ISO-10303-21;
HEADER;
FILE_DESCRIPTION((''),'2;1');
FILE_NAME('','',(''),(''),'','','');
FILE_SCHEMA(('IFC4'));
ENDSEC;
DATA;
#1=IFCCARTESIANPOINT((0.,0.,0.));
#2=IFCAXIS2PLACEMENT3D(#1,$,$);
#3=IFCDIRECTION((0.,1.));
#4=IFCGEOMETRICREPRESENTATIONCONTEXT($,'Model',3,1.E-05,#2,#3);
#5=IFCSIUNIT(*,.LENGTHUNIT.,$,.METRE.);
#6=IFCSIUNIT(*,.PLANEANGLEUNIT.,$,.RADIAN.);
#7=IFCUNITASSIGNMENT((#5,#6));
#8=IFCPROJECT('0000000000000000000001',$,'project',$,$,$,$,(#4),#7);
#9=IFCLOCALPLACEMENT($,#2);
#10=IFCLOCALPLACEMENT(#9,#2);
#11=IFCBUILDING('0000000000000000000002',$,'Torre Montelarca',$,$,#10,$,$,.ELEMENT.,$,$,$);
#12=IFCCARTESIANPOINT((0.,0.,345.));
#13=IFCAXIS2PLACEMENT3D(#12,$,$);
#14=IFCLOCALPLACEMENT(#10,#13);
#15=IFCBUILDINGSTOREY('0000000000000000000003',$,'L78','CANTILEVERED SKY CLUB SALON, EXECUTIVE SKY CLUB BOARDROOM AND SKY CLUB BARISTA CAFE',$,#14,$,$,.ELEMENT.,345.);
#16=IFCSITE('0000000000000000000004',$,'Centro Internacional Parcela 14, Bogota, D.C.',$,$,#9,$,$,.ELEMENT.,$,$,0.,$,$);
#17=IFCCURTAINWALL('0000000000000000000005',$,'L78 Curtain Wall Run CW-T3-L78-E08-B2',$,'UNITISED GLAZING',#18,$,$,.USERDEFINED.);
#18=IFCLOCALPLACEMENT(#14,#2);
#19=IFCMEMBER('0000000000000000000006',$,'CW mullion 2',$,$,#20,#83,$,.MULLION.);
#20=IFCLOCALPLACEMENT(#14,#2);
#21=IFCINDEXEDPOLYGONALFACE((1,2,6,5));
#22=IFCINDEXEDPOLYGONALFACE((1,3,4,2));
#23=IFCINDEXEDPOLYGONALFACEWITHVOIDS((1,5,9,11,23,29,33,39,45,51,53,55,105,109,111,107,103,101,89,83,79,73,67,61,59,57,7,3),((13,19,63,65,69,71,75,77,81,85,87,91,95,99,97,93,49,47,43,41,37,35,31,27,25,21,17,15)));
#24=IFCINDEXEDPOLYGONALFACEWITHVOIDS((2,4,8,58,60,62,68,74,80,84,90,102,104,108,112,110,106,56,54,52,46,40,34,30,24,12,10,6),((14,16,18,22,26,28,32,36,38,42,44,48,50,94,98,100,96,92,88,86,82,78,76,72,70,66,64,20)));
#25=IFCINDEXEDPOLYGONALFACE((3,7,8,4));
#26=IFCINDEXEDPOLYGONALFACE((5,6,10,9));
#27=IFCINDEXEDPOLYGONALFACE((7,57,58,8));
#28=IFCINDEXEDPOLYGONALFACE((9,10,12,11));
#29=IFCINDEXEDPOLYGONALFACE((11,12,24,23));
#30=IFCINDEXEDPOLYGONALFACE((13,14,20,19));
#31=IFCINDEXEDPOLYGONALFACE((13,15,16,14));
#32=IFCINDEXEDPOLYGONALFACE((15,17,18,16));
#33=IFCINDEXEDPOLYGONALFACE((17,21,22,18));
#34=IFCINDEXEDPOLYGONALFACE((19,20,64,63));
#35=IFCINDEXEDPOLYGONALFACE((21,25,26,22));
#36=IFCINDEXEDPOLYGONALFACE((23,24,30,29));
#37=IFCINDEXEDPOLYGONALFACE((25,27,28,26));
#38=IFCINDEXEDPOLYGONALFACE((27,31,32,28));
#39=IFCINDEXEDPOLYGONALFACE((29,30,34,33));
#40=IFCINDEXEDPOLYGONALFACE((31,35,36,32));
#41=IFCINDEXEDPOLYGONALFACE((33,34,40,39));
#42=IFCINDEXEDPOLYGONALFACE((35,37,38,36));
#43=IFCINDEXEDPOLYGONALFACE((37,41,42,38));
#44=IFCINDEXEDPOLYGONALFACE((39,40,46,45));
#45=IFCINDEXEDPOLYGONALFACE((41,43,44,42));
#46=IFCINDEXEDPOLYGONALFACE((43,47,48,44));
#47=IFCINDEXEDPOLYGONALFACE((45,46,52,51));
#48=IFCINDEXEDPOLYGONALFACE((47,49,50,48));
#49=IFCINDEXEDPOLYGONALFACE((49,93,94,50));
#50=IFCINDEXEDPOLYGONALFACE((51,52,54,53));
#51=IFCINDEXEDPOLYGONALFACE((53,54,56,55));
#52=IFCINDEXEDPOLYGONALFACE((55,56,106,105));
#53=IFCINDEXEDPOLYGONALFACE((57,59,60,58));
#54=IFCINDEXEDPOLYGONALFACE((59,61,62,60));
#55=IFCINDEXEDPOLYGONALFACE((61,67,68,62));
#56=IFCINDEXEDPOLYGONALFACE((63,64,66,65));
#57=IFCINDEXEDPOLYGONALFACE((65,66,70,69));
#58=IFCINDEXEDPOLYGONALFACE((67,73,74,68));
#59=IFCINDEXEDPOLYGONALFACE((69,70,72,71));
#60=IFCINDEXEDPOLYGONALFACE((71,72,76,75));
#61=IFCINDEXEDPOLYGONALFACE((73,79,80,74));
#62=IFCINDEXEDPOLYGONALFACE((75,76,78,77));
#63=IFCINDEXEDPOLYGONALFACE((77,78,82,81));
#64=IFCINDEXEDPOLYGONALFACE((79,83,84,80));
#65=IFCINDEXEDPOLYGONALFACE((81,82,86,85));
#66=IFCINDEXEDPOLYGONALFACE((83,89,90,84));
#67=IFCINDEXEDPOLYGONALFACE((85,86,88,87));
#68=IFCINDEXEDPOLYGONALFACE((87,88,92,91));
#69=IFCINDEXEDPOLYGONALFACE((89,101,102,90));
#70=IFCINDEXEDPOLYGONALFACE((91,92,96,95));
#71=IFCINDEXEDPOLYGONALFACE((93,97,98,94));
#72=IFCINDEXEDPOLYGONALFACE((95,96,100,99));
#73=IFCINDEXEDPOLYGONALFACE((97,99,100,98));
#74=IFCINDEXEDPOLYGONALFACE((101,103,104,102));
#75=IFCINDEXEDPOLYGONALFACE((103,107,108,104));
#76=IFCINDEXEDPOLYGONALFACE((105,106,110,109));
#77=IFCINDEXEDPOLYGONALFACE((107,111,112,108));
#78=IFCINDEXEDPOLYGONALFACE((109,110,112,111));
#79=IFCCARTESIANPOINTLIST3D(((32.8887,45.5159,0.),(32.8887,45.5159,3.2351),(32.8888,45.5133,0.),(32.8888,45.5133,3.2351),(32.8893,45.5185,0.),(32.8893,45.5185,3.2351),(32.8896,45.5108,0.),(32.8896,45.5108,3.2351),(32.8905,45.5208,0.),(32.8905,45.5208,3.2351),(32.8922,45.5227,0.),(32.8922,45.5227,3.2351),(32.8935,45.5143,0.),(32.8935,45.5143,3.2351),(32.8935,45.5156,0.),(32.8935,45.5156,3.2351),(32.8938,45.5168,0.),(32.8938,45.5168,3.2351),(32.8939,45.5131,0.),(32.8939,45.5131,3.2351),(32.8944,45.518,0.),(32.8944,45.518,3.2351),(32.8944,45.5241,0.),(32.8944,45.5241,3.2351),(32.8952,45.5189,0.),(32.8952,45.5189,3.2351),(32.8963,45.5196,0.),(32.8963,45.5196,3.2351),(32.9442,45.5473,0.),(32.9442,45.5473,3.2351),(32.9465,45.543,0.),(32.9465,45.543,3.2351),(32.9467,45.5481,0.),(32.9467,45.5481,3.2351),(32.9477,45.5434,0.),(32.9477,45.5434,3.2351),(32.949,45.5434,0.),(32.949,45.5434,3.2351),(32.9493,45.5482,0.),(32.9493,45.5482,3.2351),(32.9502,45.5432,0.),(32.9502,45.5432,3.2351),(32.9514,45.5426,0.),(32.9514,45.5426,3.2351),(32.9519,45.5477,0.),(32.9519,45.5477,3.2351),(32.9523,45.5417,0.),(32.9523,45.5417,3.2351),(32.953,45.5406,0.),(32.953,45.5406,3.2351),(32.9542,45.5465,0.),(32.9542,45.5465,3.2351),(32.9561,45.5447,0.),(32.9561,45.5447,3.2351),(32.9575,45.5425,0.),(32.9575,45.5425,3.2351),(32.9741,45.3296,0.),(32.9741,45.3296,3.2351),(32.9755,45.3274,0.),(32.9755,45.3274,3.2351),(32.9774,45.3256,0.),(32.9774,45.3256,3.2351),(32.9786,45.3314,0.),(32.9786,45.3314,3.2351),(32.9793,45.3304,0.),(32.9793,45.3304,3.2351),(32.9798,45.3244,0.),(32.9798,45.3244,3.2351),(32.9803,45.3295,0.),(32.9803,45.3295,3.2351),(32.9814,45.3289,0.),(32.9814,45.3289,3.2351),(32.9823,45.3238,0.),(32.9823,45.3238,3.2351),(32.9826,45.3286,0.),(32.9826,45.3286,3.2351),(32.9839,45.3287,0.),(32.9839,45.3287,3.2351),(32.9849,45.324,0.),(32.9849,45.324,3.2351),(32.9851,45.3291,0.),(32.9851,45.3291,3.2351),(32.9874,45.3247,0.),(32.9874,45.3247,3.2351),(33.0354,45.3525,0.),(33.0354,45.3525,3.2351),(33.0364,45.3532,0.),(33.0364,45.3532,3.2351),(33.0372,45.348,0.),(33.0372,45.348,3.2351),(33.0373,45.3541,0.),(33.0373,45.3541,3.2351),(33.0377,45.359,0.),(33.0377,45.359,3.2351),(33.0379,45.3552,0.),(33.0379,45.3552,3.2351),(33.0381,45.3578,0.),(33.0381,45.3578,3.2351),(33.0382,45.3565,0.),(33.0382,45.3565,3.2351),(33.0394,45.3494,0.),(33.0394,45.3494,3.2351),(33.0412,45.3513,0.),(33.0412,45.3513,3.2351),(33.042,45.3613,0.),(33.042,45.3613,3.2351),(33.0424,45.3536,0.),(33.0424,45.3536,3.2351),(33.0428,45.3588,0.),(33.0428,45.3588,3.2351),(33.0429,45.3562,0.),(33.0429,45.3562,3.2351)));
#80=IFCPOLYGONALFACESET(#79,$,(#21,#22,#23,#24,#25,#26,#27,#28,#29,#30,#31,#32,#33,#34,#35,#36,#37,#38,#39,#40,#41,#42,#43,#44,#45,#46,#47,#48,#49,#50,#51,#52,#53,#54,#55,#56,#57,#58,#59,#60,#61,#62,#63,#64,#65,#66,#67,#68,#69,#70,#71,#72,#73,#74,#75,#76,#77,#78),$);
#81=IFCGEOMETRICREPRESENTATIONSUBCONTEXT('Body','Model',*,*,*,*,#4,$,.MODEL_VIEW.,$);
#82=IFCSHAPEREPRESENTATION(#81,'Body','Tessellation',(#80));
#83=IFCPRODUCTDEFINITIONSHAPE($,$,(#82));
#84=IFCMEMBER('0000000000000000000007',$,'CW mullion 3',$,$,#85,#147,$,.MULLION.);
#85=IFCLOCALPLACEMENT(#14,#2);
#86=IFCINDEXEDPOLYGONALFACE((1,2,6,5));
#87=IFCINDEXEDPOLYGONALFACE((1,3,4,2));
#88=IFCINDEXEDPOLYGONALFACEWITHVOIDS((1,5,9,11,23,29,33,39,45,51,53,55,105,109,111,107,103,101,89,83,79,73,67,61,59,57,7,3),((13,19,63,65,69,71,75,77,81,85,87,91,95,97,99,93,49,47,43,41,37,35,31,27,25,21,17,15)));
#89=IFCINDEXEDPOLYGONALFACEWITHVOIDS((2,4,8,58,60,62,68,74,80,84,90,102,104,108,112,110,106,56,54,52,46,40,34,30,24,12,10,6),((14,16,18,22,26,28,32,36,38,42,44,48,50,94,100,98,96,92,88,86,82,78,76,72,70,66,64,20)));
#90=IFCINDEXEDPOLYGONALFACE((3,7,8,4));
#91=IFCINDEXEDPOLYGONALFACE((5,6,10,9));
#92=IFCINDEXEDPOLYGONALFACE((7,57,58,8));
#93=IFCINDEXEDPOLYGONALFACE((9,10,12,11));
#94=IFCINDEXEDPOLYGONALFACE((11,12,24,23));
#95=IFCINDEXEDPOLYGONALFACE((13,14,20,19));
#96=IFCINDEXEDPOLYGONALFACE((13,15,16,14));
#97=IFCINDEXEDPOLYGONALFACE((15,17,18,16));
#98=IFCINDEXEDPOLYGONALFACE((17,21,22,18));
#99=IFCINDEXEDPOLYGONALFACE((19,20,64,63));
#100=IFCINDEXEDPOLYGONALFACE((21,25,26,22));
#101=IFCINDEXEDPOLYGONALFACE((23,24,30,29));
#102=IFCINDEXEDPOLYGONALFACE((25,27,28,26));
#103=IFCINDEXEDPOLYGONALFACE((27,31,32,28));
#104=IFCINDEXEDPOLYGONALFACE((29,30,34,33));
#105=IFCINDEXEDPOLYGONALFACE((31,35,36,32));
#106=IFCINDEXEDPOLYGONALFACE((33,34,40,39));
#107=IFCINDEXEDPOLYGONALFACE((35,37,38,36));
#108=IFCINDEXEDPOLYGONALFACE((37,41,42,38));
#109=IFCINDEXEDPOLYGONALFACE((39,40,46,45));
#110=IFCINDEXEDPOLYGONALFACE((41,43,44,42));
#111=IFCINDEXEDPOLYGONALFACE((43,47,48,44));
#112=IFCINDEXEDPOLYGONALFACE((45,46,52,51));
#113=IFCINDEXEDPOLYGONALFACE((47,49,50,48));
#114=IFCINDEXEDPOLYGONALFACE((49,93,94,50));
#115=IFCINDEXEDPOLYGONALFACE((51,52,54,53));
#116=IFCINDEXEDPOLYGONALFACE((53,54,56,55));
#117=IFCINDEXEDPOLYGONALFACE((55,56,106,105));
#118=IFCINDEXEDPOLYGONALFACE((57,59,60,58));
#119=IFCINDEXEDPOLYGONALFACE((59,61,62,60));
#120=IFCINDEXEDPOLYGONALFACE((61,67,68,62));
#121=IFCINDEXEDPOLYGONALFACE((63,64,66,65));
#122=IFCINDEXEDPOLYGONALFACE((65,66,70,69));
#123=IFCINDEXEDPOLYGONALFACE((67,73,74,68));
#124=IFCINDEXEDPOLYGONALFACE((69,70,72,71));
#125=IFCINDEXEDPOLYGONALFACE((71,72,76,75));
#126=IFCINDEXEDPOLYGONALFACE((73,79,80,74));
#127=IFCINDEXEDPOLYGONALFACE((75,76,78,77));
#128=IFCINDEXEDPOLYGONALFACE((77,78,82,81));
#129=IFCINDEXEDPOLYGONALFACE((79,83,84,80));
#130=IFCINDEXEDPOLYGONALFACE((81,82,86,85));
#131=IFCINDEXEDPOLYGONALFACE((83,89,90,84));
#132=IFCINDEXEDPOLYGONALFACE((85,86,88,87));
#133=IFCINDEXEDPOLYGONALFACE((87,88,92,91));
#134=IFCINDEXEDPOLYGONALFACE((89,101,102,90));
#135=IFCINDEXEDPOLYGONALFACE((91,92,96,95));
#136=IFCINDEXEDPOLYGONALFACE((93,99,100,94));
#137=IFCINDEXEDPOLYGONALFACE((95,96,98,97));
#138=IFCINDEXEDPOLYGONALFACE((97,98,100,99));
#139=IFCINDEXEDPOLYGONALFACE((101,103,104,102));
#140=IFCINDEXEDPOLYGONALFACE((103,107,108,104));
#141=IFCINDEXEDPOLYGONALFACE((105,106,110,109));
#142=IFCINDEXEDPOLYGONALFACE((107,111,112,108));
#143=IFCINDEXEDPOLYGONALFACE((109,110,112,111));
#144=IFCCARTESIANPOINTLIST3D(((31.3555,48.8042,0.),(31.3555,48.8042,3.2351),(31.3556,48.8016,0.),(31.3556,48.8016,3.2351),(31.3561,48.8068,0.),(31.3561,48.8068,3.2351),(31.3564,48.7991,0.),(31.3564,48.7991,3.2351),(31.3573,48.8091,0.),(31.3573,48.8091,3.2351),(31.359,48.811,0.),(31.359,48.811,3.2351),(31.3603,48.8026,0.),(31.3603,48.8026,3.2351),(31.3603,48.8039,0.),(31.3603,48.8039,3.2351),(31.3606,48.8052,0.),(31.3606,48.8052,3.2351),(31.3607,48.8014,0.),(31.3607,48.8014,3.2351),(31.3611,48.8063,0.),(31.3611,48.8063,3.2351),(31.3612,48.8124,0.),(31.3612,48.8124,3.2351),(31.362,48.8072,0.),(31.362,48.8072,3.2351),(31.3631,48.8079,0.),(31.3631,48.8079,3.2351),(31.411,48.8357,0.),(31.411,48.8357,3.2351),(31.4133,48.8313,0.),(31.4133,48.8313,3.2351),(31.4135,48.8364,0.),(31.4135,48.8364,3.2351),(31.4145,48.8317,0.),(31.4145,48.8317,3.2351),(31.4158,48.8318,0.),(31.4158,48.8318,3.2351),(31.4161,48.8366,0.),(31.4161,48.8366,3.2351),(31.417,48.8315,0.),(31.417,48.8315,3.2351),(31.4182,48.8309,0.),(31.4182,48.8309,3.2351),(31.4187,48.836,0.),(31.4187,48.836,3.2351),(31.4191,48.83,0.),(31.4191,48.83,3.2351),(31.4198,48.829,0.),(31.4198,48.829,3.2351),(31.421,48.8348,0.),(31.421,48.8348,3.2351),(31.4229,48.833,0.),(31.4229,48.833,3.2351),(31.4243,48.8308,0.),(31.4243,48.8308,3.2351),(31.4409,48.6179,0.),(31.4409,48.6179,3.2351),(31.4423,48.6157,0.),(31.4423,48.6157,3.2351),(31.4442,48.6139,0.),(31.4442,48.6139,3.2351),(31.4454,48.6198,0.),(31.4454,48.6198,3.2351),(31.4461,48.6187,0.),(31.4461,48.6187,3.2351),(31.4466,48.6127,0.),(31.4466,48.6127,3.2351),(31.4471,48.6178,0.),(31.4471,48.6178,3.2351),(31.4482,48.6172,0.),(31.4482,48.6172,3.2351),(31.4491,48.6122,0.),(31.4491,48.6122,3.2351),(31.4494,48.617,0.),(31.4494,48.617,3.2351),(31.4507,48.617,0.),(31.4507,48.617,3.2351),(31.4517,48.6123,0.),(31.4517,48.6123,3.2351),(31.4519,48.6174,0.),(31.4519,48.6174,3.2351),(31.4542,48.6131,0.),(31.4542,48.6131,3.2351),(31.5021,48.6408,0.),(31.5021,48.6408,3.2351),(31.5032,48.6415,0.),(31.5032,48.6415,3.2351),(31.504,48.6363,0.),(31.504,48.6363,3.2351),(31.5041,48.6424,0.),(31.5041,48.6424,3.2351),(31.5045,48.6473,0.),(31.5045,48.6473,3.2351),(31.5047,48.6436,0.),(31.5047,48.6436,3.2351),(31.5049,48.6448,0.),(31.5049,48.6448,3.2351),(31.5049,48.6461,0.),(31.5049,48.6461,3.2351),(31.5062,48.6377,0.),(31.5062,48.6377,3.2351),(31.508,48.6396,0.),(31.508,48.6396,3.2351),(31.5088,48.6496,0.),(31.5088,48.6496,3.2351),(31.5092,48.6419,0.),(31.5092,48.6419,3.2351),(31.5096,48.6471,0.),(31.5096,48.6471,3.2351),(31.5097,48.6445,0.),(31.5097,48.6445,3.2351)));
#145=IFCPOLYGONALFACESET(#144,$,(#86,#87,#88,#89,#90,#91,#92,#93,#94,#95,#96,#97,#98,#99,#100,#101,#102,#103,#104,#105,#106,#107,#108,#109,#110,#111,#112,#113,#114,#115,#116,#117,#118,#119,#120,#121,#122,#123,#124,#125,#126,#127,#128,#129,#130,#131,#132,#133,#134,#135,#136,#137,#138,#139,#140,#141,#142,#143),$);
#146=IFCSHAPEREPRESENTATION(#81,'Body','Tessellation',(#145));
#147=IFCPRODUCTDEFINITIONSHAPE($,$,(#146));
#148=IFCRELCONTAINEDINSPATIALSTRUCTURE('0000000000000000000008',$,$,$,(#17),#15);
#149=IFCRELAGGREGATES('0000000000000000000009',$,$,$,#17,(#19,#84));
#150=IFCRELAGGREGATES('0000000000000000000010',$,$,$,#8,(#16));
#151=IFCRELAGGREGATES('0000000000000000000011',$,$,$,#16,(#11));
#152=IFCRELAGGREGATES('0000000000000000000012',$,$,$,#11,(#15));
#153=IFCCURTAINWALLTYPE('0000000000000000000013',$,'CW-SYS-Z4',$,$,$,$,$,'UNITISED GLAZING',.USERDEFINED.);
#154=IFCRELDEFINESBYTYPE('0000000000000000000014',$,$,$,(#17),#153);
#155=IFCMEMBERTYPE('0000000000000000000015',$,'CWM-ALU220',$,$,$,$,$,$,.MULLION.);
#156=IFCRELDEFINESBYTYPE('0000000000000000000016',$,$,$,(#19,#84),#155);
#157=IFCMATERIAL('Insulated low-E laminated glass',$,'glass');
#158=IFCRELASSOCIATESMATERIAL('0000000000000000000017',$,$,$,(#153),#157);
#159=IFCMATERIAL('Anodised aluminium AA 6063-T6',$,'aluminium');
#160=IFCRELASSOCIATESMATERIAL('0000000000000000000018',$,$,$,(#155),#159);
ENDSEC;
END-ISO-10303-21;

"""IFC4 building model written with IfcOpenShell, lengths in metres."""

from ifc_helpers import new_model, si_unit, direction, frame, origin, origin_2d, place, context, subcontext, project, spatial, hollow_rectangle, extrude, source, transform, mapped, material, material_profile, profile_set, type_object, element, aggregate, save


model = new_model("IFC4")

# Units and contexts
model_context = context("Model", 3, precision=1e-05, world=origin(), true_north=direction((0.0, 1.0)))
body_context = subcontext(model_context, "Body", "Model", "MODEL_VIEW")
ifc_project = project(units=[si_unit("LENGTHUNIT", "METRE"), si_unit("PLANEANGLEUNIT", "RADIAN")], contexts=[model_context])

# Site, building, storey
site_placement = place(None, origin())
site = spatial("IfcSite", under=ifc_project, at=site_placement, Name="Centro Internacional Parcela 14, Bogota, D.C.", CompositionType="ELEMENT", RefElevation=0.0)
building_placement = place(site_placement, origin())
building = spatial("IfcBuilding", under=site, at=building_placement, Name="Torre Montelarca", CompositionType="ELEMENT")
storey_placement = place(building_placement, frame((0.0, 0.0, 345.0)))
storey = spatial("IfcBuildingStorey", under=building, at=storey_placement, Name="L78", Description="CANTILEVERED SKY CLUB SALON, EXECUTIVE SKY CLUB BOARDROOM AND SKY CLUB BARISTA CAFE", CompositionType="ELEMENT", Elevation=345.0)

# Shared definitions
ifc_material_1 = material(Name="Insulated low-E laminated glass", Category="glass")
curtain_wall_type = type_object("IfcCurtainWallType", Name="CW-SYS-Z4", ElementType="UNITISED GLAZING", PredefinedType="USERDEFINED", material=ifc_material_1)
ifc_material_2 = material(Name="Anodised aluminium AA 6063-T6", Category="aluminium")
ifc_material_profile_1 = material_profile(ifc_material_2, hollow_rectangle(XDim=0.075, YDim=0.22, WallThickness=0.0049, InnerFilletRadius=0.0049, OuterFilletRadius=0.01, at=origin_2d()), Name="ALU75X220X5", Category="aluminium")
ifc_profile_set_1 = profile_set([ifc_material_profile_1], Name="Anodised aluminium AA 6063-T6")
member_type_1 = type_object("IfcMemberType", Name="CWM-ALU220", PredefinedType="MULLION", material=ifc_profile_set_1)

# Shared definitions
shared_shape_1 = source(origin(), body_context, "Body", "SweptSolid", [
    extrude(hollow_rectangle(XDim=0.075, YDim=0.22, WallThickness=0.0049, InnerFilletRadius=0.0049, OuterFilletRadius=0.01, at=origin_2d()), origin(), (0.0, 0.0, 1.0), 3.2351),
])

# Curtain wall, members
curtain_wall_1_placement = place(storey_placement, origin())
curtain_wall_1 = element("IfcCurtainWall", 1, at=curtain_wall_1_placement, inside=storey, type_object=curtain_wall_type, Name="L78 Curtain Wall Run CW-T3-L78-E08-B2", ObjectType="UNITISED GLAZING", PredefinedType="USERDEFINED")
member_1_placement = place(storey_placement, frame((32.9658, 45.436, 0.0), z_axis=(0.0, 0.0, 1.0), x_axis=(-0.906309, -0.422615, 0.0)))
member_1 = element("IfcMember", 2, at=member_1_placement, type_object=member_type_1, Name="CW mullion 2", PredefinedType="MULLION", context=body_context, shape_type="MappedRepresentation", body=[
    mapped(shared_shape_1, transform((0.0, 0.0, 0.0), scale=1.0)),
])
member_2_placement = place(storey_placement, frame((31.4326, 48.7244, 0.0), z_axis=(0.0, 0.0, 1.0), x_axis=(-0.906309, -0.422615, 0.0)))
member_2 = element("IfcMember", 3, at=member_2_placement, type_object=member_type_1, Name="CW mullion 3", PredefinedType="MULLION", context=body_context, shape_type="MappedRepresentation", body=[
    mapped(shared_shape_1, transform((0.0, 0.0, 0.0), scale=1.0)),
])

aggregate(curtain_wall_1, [member_1, member_2])

save(model, "model.ifc")
